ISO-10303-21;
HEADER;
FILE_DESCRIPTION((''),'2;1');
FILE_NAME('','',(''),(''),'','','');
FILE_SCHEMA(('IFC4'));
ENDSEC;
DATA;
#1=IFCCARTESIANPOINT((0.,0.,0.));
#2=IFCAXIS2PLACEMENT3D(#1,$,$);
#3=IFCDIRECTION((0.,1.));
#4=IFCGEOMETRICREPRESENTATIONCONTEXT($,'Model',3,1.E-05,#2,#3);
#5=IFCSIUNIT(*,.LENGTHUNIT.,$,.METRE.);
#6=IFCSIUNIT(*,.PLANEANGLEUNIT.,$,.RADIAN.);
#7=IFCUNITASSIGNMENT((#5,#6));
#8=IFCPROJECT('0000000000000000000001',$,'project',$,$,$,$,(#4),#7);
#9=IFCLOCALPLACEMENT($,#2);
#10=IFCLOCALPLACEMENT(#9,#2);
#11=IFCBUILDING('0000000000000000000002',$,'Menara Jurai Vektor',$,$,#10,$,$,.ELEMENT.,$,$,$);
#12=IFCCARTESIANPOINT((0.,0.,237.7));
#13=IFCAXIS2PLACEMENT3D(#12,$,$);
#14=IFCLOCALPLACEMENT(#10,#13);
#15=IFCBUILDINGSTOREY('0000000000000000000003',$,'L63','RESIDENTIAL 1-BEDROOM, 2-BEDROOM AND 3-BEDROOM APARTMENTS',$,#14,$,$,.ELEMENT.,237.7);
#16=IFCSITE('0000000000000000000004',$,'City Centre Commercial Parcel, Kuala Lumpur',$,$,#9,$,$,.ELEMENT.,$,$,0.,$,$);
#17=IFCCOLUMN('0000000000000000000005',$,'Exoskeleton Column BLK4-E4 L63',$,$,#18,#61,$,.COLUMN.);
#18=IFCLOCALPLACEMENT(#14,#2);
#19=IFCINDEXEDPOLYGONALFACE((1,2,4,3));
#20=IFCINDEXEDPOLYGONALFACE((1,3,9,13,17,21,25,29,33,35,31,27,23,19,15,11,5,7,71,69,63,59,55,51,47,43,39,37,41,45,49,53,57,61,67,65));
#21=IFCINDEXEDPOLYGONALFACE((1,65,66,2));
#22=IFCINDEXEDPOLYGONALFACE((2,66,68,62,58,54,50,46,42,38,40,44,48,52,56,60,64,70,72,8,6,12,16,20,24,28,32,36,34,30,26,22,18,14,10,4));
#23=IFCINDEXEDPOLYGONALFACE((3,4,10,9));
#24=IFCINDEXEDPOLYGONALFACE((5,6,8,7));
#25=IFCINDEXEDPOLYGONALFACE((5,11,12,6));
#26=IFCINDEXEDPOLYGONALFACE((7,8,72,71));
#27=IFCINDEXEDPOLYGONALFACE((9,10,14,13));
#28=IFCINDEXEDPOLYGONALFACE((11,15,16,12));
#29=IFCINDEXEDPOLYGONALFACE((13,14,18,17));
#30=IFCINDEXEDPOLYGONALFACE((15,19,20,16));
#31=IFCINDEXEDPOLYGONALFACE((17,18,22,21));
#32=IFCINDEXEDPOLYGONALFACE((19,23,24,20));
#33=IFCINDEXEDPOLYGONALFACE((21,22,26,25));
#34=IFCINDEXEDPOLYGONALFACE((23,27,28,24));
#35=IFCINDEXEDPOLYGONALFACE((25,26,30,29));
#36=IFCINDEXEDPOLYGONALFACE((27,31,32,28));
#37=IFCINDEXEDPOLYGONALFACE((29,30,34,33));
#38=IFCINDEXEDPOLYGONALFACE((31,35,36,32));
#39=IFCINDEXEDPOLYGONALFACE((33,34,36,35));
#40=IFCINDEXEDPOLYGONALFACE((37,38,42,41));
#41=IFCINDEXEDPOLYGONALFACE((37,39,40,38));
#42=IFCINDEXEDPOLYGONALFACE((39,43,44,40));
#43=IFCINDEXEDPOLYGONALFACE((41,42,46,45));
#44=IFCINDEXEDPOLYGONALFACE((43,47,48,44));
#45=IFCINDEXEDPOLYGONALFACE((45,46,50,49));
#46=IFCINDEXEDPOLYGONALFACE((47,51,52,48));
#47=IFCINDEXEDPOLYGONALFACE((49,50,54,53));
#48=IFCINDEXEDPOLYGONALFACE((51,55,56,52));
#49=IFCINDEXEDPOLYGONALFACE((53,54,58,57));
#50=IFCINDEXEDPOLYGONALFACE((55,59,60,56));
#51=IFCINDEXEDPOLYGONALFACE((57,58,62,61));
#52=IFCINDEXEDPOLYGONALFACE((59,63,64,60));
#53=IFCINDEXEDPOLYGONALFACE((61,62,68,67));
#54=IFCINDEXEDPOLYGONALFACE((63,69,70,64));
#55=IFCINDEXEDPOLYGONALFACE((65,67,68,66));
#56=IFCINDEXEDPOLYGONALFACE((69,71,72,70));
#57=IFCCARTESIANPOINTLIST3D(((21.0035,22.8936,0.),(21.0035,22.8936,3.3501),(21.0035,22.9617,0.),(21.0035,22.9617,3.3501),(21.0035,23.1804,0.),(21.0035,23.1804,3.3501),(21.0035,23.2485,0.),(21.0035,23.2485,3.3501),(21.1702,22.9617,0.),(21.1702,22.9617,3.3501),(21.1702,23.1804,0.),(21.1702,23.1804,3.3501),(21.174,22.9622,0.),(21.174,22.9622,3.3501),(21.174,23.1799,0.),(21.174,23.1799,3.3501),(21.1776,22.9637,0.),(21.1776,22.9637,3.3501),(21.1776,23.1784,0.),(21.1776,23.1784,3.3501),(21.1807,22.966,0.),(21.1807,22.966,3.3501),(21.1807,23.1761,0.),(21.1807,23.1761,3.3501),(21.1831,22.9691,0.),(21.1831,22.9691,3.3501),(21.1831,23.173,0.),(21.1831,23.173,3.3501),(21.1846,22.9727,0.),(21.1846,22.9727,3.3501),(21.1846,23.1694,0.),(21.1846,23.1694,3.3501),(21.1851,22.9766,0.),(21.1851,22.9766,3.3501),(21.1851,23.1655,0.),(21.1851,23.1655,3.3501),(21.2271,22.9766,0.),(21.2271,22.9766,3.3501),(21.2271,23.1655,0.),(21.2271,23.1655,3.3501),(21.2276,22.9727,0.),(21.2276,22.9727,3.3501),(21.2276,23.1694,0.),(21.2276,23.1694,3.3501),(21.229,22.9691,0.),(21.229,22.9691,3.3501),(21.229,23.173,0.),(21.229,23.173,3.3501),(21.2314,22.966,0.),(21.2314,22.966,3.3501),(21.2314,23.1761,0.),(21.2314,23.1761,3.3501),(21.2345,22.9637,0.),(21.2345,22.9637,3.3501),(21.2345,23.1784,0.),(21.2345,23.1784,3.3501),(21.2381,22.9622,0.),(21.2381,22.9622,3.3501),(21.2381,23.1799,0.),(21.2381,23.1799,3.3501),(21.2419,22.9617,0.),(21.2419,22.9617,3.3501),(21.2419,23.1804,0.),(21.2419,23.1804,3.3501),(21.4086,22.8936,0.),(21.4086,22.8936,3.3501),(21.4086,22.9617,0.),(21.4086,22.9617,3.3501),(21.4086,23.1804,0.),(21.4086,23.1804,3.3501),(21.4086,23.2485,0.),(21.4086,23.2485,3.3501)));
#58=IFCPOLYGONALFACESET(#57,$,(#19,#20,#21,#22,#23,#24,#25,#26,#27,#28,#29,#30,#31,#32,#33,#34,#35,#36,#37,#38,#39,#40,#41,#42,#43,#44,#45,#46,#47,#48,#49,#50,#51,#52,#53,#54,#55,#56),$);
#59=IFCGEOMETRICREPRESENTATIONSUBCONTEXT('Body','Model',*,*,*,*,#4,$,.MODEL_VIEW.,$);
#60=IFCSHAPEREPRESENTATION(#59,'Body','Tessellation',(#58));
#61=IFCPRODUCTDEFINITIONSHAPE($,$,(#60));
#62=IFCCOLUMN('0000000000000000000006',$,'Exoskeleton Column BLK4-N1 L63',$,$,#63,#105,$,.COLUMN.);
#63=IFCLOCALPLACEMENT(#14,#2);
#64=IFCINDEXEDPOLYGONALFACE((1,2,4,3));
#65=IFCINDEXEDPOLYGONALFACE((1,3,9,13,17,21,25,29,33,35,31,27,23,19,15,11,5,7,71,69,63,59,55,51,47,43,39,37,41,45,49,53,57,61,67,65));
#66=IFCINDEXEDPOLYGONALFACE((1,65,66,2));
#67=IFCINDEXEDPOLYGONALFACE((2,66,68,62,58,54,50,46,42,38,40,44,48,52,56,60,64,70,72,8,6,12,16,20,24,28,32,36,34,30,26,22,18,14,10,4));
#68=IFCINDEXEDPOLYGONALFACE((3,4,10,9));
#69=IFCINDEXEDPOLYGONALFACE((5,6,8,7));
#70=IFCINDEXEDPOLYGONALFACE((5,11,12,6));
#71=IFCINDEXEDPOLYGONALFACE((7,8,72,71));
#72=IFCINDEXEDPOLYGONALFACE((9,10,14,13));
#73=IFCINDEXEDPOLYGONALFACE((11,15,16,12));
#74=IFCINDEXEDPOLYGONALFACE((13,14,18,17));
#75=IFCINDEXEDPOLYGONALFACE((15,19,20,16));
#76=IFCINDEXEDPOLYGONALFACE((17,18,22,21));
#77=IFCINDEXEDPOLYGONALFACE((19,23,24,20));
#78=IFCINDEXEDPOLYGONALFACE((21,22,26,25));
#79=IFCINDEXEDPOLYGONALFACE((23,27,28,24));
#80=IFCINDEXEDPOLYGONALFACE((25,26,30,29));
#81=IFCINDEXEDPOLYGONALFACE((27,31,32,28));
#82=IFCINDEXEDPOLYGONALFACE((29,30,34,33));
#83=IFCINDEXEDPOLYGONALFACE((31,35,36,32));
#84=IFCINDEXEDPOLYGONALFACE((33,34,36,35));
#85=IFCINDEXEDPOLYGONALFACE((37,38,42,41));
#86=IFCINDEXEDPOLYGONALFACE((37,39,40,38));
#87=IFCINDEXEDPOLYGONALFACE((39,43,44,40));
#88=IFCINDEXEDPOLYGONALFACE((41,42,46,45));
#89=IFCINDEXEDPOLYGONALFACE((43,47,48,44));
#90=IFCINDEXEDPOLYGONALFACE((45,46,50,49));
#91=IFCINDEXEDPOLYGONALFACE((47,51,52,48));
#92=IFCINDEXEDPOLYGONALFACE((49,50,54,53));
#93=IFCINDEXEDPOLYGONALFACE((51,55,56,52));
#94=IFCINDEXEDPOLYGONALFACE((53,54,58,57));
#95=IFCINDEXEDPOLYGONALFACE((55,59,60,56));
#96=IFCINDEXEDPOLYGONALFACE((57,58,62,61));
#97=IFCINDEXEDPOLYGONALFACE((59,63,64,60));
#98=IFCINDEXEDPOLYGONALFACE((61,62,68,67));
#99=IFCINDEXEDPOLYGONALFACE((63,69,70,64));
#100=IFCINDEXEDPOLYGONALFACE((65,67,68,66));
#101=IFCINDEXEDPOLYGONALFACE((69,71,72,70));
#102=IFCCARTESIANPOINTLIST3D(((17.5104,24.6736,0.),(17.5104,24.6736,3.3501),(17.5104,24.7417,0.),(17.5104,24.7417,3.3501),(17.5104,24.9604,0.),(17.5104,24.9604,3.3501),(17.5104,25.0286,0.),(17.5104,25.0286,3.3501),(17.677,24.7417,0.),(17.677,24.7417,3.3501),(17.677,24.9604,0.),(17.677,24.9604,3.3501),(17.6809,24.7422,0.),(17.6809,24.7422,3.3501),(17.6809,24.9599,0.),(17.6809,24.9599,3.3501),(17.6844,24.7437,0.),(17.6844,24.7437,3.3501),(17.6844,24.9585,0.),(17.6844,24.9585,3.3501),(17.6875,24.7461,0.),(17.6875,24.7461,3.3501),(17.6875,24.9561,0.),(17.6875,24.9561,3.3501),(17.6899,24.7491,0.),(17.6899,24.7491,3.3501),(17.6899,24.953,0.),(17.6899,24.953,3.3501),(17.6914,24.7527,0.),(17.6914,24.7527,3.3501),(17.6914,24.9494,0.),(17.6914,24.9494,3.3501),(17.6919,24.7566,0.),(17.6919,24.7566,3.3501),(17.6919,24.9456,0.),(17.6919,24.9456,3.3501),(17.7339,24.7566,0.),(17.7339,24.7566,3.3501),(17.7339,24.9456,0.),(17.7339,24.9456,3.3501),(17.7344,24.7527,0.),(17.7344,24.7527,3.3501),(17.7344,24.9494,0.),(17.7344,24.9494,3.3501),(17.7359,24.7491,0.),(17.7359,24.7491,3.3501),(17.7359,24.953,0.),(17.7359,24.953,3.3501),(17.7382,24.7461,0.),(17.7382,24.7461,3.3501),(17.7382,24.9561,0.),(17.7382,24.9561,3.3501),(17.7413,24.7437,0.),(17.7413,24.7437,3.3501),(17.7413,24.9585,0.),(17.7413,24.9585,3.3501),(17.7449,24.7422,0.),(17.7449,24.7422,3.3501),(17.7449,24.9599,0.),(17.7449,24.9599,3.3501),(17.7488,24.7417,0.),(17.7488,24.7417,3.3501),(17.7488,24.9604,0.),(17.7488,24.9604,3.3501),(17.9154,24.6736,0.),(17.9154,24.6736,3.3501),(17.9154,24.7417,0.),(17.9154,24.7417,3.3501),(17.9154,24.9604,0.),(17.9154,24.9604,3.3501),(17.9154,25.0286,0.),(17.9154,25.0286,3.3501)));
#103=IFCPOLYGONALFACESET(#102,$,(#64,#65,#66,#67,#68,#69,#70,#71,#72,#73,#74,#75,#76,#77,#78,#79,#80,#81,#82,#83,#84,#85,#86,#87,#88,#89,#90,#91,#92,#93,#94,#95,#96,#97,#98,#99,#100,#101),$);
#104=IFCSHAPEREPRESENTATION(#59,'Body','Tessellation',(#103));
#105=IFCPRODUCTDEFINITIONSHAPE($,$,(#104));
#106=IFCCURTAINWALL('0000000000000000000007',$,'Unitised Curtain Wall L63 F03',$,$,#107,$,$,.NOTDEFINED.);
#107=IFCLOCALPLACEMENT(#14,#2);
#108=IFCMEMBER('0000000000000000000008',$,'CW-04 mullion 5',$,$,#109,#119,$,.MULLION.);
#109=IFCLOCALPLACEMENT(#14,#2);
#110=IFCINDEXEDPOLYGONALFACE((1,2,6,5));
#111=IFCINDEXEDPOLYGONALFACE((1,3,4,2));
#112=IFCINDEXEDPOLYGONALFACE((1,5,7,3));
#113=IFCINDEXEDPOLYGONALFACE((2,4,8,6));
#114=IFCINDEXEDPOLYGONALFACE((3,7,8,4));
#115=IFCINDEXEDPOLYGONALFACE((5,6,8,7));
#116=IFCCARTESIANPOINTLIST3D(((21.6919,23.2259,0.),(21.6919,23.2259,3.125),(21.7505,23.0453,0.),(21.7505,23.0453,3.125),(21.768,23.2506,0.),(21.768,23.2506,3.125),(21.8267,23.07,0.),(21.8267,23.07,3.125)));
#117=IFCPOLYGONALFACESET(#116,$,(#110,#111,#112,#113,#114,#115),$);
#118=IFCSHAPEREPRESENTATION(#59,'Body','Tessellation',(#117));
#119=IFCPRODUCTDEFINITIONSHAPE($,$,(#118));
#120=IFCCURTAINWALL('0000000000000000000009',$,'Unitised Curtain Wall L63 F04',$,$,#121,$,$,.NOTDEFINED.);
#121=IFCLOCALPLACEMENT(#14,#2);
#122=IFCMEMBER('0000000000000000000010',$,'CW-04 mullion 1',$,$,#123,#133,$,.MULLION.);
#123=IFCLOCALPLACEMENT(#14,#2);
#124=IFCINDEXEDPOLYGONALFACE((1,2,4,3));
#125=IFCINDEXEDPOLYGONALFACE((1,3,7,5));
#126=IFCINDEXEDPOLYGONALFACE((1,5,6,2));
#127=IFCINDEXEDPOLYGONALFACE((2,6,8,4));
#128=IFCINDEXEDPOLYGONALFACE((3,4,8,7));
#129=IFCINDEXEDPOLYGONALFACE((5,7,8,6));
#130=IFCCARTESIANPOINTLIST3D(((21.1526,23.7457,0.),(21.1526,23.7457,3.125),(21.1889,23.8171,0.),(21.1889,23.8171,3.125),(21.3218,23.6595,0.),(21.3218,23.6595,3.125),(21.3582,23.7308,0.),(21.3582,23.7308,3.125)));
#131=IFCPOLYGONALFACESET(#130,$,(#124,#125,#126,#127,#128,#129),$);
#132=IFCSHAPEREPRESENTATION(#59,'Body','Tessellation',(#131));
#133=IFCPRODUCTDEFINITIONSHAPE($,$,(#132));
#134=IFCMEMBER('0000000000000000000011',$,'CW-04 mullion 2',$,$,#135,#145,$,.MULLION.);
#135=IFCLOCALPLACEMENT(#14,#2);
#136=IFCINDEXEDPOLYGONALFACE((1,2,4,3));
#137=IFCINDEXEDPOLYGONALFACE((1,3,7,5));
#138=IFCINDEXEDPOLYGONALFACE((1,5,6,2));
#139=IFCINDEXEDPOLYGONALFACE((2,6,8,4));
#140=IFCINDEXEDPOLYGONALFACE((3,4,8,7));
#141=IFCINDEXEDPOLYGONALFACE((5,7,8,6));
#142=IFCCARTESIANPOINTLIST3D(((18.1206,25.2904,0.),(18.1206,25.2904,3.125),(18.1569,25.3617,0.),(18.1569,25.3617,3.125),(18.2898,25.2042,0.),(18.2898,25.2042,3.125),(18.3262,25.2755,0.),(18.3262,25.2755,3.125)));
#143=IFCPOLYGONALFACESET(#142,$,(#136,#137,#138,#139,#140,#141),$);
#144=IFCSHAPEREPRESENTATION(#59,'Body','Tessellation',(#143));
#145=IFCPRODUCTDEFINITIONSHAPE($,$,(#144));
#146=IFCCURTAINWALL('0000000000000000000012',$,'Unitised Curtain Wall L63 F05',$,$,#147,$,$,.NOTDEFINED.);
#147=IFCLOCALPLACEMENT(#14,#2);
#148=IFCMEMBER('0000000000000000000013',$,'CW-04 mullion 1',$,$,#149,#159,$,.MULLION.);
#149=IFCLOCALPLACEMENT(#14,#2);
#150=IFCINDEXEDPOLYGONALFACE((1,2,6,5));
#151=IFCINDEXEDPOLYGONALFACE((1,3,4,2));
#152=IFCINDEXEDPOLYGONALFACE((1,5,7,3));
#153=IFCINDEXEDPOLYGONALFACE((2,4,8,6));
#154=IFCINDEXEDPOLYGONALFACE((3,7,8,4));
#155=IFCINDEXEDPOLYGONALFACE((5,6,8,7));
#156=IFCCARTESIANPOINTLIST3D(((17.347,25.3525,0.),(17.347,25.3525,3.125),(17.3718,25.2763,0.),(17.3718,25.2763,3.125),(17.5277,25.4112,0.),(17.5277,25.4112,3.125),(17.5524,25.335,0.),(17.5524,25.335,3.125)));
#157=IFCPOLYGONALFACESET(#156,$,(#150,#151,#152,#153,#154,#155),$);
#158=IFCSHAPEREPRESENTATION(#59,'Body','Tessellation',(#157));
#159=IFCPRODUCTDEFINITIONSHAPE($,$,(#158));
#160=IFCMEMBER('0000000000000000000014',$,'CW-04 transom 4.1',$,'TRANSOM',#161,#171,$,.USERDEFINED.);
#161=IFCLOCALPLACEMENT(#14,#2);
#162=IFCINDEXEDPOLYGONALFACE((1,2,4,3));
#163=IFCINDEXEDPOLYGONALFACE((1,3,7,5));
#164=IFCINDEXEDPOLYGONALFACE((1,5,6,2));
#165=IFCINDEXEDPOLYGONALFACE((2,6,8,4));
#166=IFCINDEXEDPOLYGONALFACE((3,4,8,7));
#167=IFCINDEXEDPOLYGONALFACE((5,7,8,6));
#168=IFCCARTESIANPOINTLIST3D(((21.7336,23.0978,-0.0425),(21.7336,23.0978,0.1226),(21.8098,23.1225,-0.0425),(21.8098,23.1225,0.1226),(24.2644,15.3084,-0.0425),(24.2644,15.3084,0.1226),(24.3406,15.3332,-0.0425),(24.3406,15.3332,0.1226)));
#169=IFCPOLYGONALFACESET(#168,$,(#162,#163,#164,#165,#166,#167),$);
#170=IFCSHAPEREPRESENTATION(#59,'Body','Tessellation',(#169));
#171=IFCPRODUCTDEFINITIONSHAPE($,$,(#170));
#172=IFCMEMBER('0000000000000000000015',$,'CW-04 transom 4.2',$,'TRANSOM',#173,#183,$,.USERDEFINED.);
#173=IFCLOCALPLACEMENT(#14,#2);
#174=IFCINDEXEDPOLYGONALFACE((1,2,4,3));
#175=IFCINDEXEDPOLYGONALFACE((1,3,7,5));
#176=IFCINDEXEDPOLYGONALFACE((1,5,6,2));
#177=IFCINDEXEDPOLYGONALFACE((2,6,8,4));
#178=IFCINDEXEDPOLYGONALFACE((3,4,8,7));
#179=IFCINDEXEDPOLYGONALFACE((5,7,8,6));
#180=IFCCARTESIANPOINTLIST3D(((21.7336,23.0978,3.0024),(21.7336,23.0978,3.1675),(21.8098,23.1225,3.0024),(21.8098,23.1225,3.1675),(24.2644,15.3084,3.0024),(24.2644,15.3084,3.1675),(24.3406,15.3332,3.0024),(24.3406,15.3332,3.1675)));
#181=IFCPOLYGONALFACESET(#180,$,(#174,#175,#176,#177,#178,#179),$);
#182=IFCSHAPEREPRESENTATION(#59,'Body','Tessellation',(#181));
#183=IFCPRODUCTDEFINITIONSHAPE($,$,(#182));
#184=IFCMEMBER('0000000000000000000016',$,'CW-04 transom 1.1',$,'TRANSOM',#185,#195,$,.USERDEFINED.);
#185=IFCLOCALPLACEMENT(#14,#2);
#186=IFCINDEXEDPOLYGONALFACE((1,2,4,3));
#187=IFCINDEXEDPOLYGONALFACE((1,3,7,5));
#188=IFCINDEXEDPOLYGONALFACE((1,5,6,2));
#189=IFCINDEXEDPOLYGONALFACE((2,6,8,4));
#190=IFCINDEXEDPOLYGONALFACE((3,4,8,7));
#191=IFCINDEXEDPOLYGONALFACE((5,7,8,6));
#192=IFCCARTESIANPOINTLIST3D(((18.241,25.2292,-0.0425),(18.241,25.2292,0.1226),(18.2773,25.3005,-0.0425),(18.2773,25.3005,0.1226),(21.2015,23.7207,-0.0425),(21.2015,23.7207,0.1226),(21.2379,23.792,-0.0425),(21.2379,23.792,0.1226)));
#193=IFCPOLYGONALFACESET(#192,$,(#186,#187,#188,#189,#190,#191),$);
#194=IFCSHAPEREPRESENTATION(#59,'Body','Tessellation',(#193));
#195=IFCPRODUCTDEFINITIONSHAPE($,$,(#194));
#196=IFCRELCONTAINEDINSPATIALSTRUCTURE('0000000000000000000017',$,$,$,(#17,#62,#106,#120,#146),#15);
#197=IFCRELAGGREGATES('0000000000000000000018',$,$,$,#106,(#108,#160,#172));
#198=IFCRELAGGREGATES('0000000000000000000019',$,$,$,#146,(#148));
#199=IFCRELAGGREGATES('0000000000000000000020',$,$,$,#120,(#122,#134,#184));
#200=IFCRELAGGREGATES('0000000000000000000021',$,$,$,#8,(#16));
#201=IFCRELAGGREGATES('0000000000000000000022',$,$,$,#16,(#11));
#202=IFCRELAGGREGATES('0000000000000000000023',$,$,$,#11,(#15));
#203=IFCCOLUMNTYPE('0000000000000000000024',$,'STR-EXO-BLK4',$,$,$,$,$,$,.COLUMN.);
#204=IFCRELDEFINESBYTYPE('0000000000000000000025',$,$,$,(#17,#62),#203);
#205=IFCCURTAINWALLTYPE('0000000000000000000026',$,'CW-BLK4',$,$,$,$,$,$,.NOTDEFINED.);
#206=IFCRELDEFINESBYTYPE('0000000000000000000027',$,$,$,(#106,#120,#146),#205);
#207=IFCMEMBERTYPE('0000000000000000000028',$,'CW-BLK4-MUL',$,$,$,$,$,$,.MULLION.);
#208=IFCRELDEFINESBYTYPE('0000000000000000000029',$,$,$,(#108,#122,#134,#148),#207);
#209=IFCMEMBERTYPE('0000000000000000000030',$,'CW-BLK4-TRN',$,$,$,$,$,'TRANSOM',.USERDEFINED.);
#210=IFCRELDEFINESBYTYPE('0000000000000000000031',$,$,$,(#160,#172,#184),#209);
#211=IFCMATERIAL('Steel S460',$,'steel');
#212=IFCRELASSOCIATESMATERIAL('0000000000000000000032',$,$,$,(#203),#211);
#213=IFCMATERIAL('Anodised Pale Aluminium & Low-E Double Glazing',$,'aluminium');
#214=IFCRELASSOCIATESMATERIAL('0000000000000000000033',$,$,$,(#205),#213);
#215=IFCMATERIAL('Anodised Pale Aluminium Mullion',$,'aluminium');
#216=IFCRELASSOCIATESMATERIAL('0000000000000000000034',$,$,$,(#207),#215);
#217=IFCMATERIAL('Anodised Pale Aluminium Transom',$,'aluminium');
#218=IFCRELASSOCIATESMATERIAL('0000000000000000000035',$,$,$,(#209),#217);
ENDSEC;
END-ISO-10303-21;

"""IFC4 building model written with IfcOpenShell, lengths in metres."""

from ifc_helpers import new_model, si_unit, direction, frame, origin, origin_2d, place, context, subcontext, project, spatial, rectangle, i_section, extrude, material, material_profile, profile_set, type_object, element, aggregate, save


model = new_model("IFC4")

# Units and contexts
model_context = context("Model", 3, precision=1e-05, world=origin(), true_north=direction((0.0, 1.0)))
body_context = subcontext(model_context, "Body", "Model", "MODEL_VIEW")
ifc_project = project(units=[si_unit("LENGTHUNIT", "METRE"), si_unit("PLANEANGLEUNIT", "RADIAN")], contexts=[model_context])

# Site, building, storey
site_placement = place(None, origin())
site = spatial("IfcSite", under=ifc_project, at=site_placement, Name="City Centre Commercial Parcel, Kuala Lumpur", CompositionType="ELEMENT", RefElevation=0.0)
building_placement = place(site_placement, origin())
building = spatial("IfcBuilding", under=site, at=building_placement, Name="Menara Jurai Vektor", CompositionType="ELEMENT")
storey_placement = place(building_placement, frame((0.0, 0.0, 237.7)))
storey = spatial("IfcBuildingStorey", under=building, at=storey_placement, Name="L63", Description="RESIDENTIAL 1-BEDROOM, 2-BEDROOM AND 3-BEDROOM APARTMENTS", CompositionType="ELEMENT", Elevation=237.7)

# Columns
ifc_material_1 = material(Name="Steel S460", Category="steel")
ifc_material_profile_1 = material_profile(ifc_material_1, i_section(OverallWidth=0.405, OverallDepth=0.355, WebThickness=0.042, FlangeThickness=0.0681, FilletRadius=0.0149, at=origin_2d()), Name="HD 400x551")
ifc_profile_set_1 = profile_set([ifc_material_profile_1], Name="Steel S460")
column_type = type_object("IfcColumnType", Name="STR-EXO-BLK4", PredefinedType="COLUMN", material=ifc_profile_set_1)
for number, where, z_axis, x_axis, name in (
    (1, (21.2061, 23.071, 0.0), (0.0, 0.0, 1.0), (1.0, 0.0, 0.0), "Exoskeleton Column BLK4-E4 L63"),
    (2, (17.7129, 24.8511, 0.0), (0.0, 0.0, 1.0), (1.0, 0.0, 0.0), "Exoskeleton Column BLK4-N1 L63"),
):
    element("IfcColumn", number, at=place(storey_placement, frame(where, z_axis=z_axis, x_axis=x_axis)), inside=storey, type_object=column_type, Name=name, PredefinedType="COLUMN", context=body_context, shape_type="SweptSolid", body=[
        extrude(i_section(OverallWidth=0.405, OverallDepth=0.355, WebThickness=0.042, FlangeThickness=0.0681, FilletRadius=0.0149, at=origin_2d()), origin(), (0.0, 0.0, 1.0), 3.3501),
    ])

# Curtain wall, member
ifc_material_2 = material(Name="Anodised Pale Aluminium & Low-E Double Glazing", Category="aluminium")
curtain_wall_type = type_object("IfcCurtainWallType", Name="CW-BLK4", PredefinedType="NOTDEFINED", material=ifc_material_2)
curtain_wall_1_placement = place(storey_placement, origin())
curtain_wall_1 = element("IfcCurtainWall", 3, at=curtain_wall_1_placement, inside=storey, type_object=curtain_wall_type, Name="Unitised Curtain Wall L63 F03", PredefinedType="NOTDEFINED")
ifc_material_3 = material(Name="Anodised Pale Aluminium Mullion", Category="aluminium")
ifc_material_profile_2 = material_profile(ifc_material_3, rectangle(XDim=0.0801, YDim=0.1899, at=origin_2d()), Name="ALU MUL 80x190")
ifc_profile_set_2 = profile_set([ifc_material_profile_2], Name="Anodised Pale Aluminium Mullion")
member_type_1 = type_object("IfcMemberType", Name="CW-BLK4-MUL", PredefinedType="MULLION", material=ifc_profile_set_2)
member_1_placement = place(storey_placement, frame((21.7593, 23.1479, 0.0), z_axis=(0.0, 0.0, 1.0), x_axis=(-0.951057, -0.309016, 0.0)))
member_1 = element("IfcMember", 4, at=member_1_placement, type_object=member_type_1, Name="CW-04 mullion 5", PredefinedType="MULLION", context=body_context, shape_type="SweptSolid", body=[
    extrude(rectangle(XDim=0.0801, YDim=0.1899, at=origin_2d()), origin(), (0.0, 0.0, 1.0), 3.125),
])

# Curtain wall, members
curtain_wall_2_placement = place(storey_placement, origin())
curtain_wall_2 = element("IfcCurtainWall", 5, at=curtain_wall_2_placement, inside=storey, type_object=curtain_wall_type, Name="Unitised Curtain Wall L63 F04", PredefinedType="NOTDEFINED")
member_2_placement = place(storey_placement, frame((21.2554, 23.7383, 0.0), z_axis=(0.0, 0.0, 1.0), x_axis=(-0.453989, -0.891008, 0.0)))
member_2 = element("IfcMember", 6, at=member_2_placement, type_object=member_type_1, Name="CW-04 mullion 1", PredefinedType="MULLION", context=body_context, shape_type="SweptSolid", body=[
    extrude(rectangle(XDim=0.0801, YDim=0.1899, at=origin_2d()), origin(), (0.0, 0.0, 1.0), 3.125),
])
member_3_placement = place(storey_placement, frame((18.2234, 25.283, 0.0), z_axis=(0.0, 0.0, 1.0), x_axis=(-0.453989, -0.891008, 0.0)))
member_3 = element("IfcMember", 7, at=member_3_placement, type_object=member_type_1, Name="CW-04 mullion 2", PredefinedType="MULLION", context=body_context, shape_type="SweptSolid", body=[
    extrude(rectangle(XDim=0.0801, YDim=0.1899, at=origin_2d()), origin(), (0.0, 0.0, 1.0), 3.125),
])

# Curtain wall, member
curtain_wall_3_placement = place(storey_placement, origin())
curtain_wall_3 = element("IfcCurtainWall", 8, at=curtain_wall_3_placement, inside=storey, type_object=curtain_wall_type, Name="Unitised Curtain Wall L63 F05", PredefinedType="NOTDEFINED")
member_4_placement = place(storey_placement, frame((17.4497, 25.3438, 0.0), z_axis=(0.0, 0.0, 1.0), x_axis=(0.309017, -0.951056, 0.0)))
member_4 = element("IfcMember", 9, at=member_4_placement, type_object=member_type_1, Name="CW-04 mullion 1", PredefinedType="MULLION", context=body_context, shape_type="SweptSolid", body=[
    extrude(rectangle(XDim=0.0801, YDim=0.1899, at=origin_2d()), origin(), (0.0, 0.0, 1.0), 3.125),
])

# Members
ifc_material_4 = material(Name="Anodised Pale Aluminium Transom", Category="aluminium")
ifc_material_profile_3 = material_profile(ifc_material_4, rectangle(XDim=0.0801, YDim=0.165, at=origin_2d()), Name="ALU TRN 80x165")
ifc_profile_set_3 = profile_set([ifc_material_profile_3], Name="Anodised Pale Aluminium Transom")
member_type_2 = type_object("IfcMemberType", Name="CW-BLK4-TRN", ElementType="TRANSOM", PredefinedType="USERDEFINED", material=ifc_profile_set_3)
member_5_placement = place(storey_placement, frame((24.3025, 15.3208, 0.04), z_axis=(-0.309002, 0.951061, 0.0), x_axis=(-0.951061, -0.309002, 0.0)))
member_5 = element("IfcMember", 10, at=member_5_placement, type_object=member_type_2, Name="CW-04 transom 4.1", ObjectType="TRANSOM", PredefinedType="USERDEFINED", context=body_context, shape_type="SweptSolid", body=[
    extrude(rectangle(XDim=0.0801, YDim=0.165, at=origin_2d()), origin(), (0.0, 0.0, 1.0), 8.1902),
])
member_6_placement = place(storey_placement, frame((24.3025, 15.3208, 3.085), z_axis=(-0.309002, 0.951061, 0.0), x_axis=(-0.951061, -0.309002, 0.0)))
member_6 = element("IfcMember", 11, at=member_6_placement, type_object=member_type_2, Name="CW-04 transom 4.2", ObjectType="TRANSOM", PredefinedType="USERDEFINED", context=body_context, shape_type="SweptSolid", body=[
    extrude(rectangle(XDim=0.0801, YDim=0.165, at=origin_2d()), origin(), (0.0, 0.0, 1.0), 8.1902),
])
member_7_placement = place(storey_placement, frame((21.2197, 23.7563, 0.04), z_axis=(-0.891007, 0.45399, 0.0), x_axis=(-0.45399, -0.891007, 0.0)))
member_7 = element("IfcMember", 12, at=member_7_placement, type_object=member_type_2, Name="CW-04 transom 1.1", ObjectType="TRANSOM", PredefinedType="USERDEFINED", context=body_context, shape_type="SweptSolid", body=[
    extrude(rectangle(XDim=0.0801, YDim=0.165, at=origin_2d()), origin(), (0.0, 0.0, 1.0), 3.3228),
])

aggregate(curtain_wall_1, [member_1, member_5, member_6])
aggregate(curtain_wall_3, [member_4])
aggregate(curtain_wall_2, [member_2, member_3, member_7])

save(model, "model.ifc")
